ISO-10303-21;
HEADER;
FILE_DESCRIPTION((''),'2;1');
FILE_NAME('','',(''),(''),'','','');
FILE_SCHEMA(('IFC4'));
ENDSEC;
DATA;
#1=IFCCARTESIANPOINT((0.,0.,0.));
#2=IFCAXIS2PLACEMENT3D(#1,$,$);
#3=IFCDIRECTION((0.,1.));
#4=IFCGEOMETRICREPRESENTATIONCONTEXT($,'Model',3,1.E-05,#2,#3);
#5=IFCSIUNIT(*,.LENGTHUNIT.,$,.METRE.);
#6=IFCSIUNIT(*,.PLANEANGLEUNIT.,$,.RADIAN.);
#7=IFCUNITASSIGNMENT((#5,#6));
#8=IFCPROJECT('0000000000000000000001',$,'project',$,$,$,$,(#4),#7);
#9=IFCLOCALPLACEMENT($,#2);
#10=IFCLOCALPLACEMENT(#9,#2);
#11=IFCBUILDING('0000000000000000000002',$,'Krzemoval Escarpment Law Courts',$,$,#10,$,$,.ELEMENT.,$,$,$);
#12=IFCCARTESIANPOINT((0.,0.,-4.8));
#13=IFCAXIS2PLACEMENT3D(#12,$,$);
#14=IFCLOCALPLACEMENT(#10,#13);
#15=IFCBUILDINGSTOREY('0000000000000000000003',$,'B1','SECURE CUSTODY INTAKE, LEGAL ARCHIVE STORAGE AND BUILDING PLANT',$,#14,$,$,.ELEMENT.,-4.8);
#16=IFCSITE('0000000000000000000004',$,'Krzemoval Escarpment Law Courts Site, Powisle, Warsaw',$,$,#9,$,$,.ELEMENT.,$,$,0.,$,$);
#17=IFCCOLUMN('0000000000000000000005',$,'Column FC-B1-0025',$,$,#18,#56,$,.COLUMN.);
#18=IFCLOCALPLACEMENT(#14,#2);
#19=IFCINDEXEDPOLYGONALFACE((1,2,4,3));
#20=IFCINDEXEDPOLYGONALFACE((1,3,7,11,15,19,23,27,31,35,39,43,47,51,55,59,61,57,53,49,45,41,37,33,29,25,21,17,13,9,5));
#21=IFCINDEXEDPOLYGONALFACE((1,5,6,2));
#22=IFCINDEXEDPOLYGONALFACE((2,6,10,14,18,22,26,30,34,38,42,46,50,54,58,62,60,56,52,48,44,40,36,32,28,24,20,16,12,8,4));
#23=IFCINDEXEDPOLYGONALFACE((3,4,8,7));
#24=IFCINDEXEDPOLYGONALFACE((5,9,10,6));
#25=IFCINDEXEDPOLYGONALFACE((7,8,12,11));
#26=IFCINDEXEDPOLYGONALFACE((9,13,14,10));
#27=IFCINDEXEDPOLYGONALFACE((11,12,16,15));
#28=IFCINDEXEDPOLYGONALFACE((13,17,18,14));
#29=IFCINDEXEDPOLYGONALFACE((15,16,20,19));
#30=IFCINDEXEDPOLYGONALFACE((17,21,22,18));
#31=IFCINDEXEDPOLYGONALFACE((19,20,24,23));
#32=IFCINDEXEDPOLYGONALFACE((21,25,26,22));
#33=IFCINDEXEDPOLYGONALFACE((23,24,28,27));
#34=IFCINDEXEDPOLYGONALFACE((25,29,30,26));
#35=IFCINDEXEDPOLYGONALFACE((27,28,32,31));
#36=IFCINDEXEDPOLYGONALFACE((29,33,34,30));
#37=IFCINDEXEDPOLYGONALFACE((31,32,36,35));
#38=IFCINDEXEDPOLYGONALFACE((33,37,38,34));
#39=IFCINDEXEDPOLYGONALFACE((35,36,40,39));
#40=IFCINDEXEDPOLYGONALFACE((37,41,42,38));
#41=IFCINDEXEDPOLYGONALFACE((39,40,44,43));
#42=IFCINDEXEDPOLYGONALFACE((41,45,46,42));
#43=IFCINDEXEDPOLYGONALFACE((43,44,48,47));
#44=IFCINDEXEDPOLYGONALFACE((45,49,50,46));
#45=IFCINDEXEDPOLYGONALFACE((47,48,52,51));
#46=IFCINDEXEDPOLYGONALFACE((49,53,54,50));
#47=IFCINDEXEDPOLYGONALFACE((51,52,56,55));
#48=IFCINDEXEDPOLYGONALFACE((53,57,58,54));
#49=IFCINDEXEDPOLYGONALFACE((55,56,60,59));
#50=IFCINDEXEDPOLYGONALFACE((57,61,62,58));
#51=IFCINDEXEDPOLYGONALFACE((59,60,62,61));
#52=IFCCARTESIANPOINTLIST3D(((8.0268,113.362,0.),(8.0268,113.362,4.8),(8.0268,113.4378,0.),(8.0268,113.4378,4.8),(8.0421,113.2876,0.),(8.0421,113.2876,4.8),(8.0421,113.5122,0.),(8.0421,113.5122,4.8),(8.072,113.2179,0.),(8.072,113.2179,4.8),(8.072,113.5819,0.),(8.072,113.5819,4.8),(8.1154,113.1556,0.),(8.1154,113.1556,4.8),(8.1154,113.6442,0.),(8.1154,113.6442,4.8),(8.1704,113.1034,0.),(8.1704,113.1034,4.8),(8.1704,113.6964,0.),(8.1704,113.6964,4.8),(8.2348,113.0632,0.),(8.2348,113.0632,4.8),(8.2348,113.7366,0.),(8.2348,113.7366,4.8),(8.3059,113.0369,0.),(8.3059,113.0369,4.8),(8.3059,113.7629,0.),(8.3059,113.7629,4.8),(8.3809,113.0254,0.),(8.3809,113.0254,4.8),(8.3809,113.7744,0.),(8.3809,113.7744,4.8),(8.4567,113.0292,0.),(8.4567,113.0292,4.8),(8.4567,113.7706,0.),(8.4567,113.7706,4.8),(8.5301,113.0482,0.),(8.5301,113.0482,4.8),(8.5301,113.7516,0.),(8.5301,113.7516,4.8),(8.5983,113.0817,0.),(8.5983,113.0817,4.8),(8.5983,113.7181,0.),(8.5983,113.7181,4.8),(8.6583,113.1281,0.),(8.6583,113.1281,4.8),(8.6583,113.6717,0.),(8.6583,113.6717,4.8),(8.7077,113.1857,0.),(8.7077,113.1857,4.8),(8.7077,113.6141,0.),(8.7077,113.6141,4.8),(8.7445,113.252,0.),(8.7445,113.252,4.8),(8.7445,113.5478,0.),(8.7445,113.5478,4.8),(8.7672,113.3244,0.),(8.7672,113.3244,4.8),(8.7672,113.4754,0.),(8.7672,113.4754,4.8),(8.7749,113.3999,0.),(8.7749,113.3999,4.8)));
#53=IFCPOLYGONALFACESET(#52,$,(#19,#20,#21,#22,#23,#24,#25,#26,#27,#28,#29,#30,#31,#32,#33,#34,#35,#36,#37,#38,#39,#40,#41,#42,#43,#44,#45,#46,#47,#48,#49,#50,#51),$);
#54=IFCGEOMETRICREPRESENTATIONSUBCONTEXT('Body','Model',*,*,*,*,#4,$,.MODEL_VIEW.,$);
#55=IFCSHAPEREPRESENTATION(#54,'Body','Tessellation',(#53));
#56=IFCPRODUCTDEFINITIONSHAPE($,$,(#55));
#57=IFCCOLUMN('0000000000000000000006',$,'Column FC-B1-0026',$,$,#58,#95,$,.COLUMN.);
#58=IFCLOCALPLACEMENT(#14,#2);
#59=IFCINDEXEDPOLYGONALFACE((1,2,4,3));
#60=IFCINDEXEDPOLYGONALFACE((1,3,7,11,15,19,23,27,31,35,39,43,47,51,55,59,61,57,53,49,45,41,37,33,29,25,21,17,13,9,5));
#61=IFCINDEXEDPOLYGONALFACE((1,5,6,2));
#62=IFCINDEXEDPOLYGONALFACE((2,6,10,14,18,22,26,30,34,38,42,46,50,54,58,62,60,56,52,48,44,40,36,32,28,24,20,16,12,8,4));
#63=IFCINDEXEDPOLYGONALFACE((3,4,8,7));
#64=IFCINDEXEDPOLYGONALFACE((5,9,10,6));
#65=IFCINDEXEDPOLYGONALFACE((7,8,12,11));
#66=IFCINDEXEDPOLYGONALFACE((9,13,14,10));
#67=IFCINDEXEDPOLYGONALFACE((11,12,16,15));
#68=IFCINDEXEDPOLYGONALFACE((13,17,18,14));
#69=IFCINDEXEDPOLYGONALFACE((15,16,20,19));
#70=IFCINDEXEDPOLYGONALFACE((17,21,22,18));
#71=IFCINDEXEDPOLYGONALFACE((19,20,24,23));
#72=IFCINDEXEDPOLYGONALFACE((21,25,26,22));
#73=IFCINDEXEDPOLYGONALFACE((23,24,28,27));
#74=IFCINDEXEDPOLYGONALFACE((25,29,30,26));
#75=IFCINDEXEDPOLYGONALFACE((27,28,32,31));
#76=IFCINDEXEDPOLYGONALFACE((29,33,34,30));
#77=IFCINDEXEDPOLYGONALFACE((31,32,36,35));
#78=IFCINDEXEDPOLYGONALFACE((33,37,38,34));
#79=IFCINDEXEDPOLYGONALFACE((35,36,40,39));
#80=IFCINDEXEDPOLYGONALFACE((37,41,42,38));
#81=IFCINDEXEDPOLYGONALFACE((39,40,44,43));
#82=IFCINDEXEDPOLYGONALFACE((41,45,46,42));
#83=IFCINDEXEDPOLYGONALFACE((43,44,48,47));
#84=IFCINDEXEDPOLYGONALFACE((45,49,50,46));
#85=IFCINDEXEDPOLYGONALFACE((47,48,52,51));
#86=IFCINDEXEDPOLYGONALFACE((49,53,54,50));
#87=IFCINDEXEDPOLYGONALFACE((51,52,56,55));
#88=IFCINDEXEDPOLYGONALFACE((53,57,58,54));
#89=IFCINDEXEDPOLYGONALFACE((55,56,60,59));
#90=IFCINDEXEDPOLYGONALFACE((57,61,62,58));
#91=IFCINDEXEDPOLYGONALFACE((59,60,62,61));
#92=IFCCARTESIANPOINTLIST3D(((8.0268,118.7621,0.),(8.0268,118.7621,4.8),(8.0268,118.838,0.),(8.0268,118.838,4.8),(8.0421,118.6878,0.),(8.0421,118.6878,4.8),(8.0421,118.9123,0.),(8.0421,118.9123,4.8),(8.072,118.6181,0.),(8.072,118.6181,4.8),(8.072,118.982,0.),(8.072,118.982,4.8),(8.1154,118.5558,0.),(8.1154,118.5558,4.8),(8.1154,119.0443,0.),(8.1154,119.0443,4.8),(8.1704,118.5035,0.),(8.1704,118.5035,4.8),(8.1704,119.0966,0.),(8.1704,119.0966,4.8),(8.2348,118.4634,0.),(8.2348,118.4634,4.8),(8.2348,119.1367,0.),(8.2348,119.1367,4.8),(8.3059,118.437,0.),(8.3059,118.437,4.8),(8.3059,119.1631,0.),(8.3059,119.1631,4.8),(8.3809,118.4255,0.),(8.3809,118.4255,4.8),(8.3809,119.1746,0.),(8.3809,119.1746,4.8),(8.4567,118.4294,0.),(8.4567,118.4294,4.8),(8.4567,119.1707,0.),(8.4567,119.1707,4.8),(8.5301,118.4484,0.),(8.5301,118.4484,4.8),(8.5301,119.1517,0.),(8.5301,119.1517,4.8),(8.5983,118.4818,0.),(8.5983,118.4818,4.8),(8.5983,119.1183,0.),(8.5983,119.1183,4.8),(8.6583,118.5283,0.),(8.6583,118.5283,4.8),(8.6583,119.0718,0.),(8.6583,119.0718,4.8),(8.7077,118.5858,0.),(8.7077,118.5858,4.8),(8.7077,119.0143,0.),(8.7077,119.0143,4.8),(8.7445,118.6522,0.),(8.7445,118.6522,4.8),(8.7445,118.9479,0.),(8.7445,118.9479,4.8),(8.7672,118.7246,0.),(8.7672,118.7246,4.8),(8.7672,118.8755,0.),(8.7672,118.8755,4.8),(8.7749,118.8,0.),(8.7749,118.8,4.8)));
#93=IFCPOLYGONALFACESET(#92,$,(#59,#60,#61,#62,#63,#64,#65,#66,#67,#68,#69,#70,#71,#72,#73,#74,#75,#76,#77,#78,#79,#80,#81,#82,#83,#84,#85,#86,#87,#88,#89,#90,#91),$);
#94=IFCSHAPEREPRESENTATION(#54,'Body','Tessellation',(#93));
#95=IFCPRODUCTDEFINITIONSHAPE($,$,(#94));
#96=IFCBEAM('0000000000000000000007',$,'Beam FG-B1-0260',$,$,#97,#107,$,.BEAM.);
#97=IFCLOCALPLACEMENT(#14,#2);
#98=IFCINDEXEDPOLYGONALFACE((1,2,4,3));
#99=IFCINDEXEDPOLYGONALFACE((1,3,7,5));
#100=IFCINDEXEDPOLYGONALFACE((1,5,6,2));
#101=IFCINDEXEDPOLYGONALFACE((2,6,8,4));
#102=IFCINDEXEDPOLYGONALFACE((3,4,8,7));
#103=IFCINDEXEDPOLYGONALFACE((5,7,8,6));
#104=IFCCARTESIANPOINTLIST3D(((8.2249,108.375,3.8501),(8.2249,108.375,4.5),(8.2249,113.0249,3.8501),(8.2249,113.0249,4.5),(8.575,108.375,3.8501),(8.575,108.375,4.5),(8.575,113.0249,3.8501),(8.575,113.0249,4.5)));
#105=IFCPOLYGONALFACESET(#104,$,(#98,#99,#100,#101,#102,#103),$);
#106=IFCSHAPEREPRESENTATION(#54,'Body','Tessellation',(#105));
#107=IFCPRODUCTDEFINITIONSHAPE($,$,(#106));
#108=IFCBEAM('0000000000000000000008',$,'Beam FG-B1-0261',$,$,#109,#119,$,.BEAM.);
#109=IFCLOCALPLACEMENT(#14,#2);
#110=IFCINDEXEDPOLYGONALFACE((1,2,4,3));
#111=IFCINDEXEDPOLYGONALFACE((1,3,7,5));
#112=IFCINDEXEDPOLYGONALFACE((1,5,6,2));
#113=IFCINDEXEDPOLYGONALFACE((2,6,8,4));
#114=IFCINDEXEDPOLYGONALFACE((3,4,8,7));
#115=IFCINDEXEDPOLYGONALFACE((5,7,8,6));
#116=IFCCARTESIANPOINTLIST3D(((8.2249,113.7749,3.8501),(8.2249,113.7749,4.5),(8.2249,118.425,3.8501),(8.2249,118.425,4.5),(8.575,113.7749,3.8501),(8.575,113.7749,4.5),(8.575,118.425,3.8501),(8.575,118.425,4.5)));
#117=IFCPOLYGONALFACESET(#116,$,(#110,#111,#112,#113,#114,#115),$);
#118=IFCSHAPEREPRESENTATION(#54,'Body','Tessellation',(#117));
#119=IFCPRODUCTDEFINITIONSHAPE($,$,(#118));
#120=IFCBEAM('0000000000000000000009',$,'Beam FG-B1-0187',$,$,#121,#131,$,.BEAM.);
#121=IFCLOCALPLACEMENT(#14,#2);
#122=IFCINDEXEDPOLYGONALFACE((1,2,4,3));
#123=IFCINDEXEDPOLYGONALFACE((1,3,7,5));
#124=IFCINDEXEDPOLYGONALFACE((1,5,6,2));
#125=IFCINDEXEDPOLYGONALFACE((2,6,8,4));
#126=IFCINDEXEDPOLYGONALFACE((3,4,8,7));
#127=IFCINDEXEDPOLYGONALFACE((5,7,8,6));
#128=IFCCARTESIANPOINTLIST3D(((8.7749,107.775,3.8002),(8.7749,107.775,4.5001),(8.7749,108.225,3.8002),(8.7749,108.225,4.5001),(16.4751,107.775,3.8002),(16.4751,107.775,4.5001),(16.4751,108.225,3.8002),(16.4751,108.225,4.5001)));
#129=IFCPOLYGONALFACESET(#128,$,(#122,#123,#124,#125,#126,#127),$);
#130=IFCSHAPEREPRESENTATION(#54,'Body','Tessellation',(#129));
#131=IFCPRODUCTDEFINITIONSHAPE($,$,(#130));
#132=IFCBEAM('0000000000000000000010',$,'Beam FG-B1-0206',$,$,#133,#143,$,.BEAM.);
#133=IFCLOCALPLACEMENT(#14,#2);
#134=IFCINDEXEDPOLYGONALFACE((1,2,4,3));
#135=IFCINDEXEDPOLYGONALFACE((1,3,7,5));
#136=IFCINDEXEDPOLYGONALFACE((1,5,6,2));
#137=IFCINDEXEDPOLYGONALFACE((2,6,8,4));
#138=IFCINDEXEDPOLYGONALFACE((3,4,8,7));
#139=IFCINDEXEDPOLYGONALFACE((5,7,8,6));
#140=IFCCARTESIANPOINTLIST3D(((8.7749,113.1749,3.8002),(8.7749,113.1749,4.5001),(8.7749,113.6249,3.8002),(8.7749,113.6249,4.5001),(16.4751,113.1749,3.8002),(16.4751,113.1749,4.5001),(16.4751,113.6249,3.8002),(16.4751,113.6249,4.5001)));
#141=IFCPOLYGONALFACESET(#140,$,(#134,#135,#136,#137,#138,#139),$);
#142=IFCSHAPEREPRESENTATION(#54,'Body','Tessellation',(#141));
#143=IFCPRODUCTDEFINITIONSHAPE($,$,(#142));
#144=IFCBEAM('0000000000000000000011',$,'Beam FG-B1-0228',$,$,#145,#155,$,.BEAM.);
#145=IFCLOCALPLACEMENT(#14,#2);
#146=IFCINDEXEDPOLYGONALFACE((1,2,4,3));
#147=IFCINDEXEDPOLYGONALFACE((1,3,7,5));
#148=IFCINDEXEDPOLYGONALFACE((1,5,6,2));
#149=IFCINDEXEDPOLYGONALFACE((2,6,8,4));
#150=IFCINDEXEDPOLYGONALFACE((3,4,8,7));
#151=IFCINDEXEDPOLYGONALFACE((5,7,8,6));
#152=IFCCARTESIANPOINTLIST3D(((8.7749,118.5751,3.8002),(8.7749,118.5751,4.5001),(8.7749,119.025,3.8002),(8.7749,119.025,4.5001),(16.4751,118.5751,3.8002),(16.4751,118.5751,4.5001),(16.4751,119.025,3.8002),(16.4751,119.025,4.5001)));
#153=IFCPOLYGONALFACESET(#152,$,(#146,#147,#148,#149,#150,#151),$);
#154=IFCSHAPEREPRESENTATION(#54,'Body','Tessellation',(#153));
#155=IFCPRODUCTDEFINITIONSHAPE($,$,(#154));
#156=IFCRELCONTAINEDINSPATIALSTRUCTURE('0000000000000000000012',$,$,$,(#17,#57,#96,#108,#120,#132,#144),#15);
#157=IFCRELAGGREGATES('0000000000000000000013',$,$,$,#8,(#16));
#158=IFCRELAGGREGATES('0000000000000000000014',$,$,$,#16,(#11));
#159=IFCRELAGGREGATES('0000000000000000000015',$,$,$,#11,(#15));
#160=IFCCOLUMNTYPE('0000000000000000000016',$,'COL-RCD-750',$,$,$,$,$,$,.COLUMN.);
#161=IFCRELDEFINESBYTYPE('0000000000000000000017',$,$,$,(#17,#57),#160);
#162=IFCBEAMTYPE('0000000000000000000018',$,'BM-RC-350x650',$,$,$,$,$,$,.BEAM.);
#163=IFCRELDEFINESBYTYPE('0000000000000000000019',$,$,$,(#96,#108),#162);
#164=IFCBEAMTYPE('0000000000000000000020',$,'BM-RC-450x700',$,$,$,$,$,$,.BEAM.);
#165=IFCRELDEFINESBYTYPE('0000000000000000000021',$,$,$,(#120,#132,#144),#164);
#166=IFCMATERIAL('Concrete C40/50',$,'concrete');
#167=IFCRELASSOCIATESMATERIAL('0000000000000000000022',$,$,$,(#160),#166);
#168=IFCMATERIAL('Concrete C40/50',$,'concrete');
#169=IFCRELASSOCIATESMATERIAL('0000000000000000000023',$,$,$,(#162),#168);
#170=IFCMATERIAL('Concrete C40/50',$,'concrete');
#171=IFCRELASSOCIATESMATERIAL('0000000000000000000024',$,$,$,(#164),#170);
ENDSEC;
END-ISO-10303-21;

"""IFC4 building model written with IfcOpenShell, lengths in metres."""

from ifc_helpers import new_model, si_unit, direction, frame, origin, origin_2d, place, context, subcontext, project, spatial, rectangle, circle, extrude, material, material_profile, profile_set, type_object, element, save


model = new_model("IFC4")

# Units and contexts
model_context = context("Model", 3, precision=1e-05, world=origin(), true_north=direction((0.0, 1.0)))
body_context = subcontext(model_context, "Body", "Model", "MODEL_VIEW")
ifc_project = project(units=[si_unit("LENGTHUNIT", "METRE"), si_unit("PLANEANGLEUNIT", "RADIAN")], contexts=[model_context])

# Site, building, storey
site_placement = place(None, origin())
site = spatial("IfcSite", under=ifc_project, at=site_placement, Name="Krzemoval Escarpment Law Courts Site, Powisle, Warsaw", CompositionType="ELEMENT", RefElevation=0.0)
building_placement = place(site_placement, origin())
building = spatial("IfcBuilding", under=site, at=building_placement, Name="Krzemoval Escarpment Law Courts", CompositionType="ELEMENT")
storey_placement = place(building_placement, frame((0.0, 0.0, -4.8)))
storey = spatial("IfcBuildingStorey", under=building, at=storey_placement, Name="B1", Description="SECURE CUSTODY INTAKE, LEGAL ARCHIVE STORAGE AND BUILDING PLANT", CompositionType="ELEMENT", Elevation=-4.8)

# Columns
ifc_material_1 = material(Name="Concrete C40/50", Category="concrete")
ifc_material_profile_1 = material_profile(ifc_material_1, circle(Radius=0.375, at=origin_2d()), Name="RC D750")
ifc_profile_set_1 = profile_set([ifc_material_profile_1], Name="Concrete C40/50")
column_type = type_object("IfcColumnType", Name="COL-RCD-750", PredefinedType="COLUMN", material=ifc_profile_set_1)
for number, where, z_axis, x_axis, name in (
    (1, (8.3999, 113.3999, 0.0), (0.0, 0.0, 1.0), (1.0, 0.0, 0.0), "Column FC-B1-0025"),
    (2, (8.3999, 118.8, 0.0), (0.0, 0.0, 1.0), (1.0, 0.0, 0.0), "Column FC-B1-0026"),
):
    element("IfcColumn", number, at=place(storey_placement, frame(where, z_axis=z_axis, x_axis=x_axis)), inside=storey, type_object=column_type, Name=name, PredefinedType="COLUMN", context=body_context, shape_type="SweptSolid", body=[
        extrude(circle(Radius=0.375, at=origin_2d()), origin(), (0.0, 0.0, 1.0), 4.8),
    ])

# Beams
ifc_material_2 = material(Name="Concrete C40/50", Category="concrete")
ifc_material_profile_2 = material_profile(ifc_material_2, rectangle(XDim=0.3501, YDim=0.6499, at=origin_2d()), Name="RCB 350x650")
ifc_profile_set_2 = profile_set([ifc_material_profile_2], Name="Concrete C40/50")
beam_type_1 = type_object("IfcBeamType", Name="BM-RC-350x650", PredefinedType="BEAM", material=ifc_profile_set_2)
beam_1_placement = place(storey_placement, frame((8.3999, 108.375, 4.175), z_axis=(0.0, 1.0, 0.0), x_axis=(-1.0, 0.0, 0.0)))
element("IfcBeam", 3, at=beam_1_placement, inside=storey, type_object=beam_type_1, Name="Beam FG-B1-0260", PredefinedType="BEAM", context=body_context, shape_type="SweptSolid", body=[
    extrude(rectangle(XDim=0.3501, YDim=0.6499, at=origin_2d()), origin(), (0.0, 0.0, 1.0), 4.6499),
])
beam_2_placement = place(storey_placement, frame((8.3999, 113.7749, 4.175), z_axis=(0.0, 1.0, 0.0), x_axis=(-1.0, 0.0, 0.0)))
element("IfcBeam", 4, at=beam_2_placement, inside=storey, type_object=beam_type_1, Name="Beam FG-B1-0261", PredefinedType="BEAM", context=body_context, shape_type="SweptSolid", body=[
    extrude(rectangle(XDim=0.3501, YDim=0.6499, at=origin_2d()), origin(), (0.0, 0.0, 1.0), 4.6501),
])
ifc_material_3 = material(Name="Concrete C40/50", Category="concrete")
ifc_material_profile_3 = material_profile(ifc_material_3, rectangle(XDim=0.45, YDim=0.7, at=origin_2d()), Name="RCB 450x700")
ifc_profile_set_3 = profile_set([ifc_material_profile_3], Name="Concrete C40/50")
beam_type_2 = type_object("IfcBeamType", Name="BM-RC-450x700", PredefinedType="BEAM", material=ifc_profile_set_3)
for number, where, z_axis, x_axis, name in (
    (5, (8.7749, 108.0, 4.1501), (1.0, 0.0, 0.0), (0.0, 1.0, 0.0), "Beam FG-B1-0187"),
    (6, (8.7749, 113.3999, 4.1501), (1.0, 0.0, 0.0), (0.0, 1.0, 0.0), "Beam FG-B1-0206"),
    (7, (8.7749, 118.8, 4.1501), (1.0, 0.0, 0.0), (0.0, 1.0, 0.0), "Beam FG-B1-0228"),
):
    element("IfcBeam", number, at=place(storey_placement, frame(where, z_axis=z_axis, x_axis=x_axis)), inside=storey, type_object=beam_type_2, Name=name, PredefinedType="BEAM", context=body_context, shape_type="SweptSolid", body=[
        extrude(rectangle(XDim=0.45, YDim=0.7, at=origin_2d()), origin(), (0.0, 0.0, 1.0), 7.7002),
    ])

save(model, "model.ifc")
